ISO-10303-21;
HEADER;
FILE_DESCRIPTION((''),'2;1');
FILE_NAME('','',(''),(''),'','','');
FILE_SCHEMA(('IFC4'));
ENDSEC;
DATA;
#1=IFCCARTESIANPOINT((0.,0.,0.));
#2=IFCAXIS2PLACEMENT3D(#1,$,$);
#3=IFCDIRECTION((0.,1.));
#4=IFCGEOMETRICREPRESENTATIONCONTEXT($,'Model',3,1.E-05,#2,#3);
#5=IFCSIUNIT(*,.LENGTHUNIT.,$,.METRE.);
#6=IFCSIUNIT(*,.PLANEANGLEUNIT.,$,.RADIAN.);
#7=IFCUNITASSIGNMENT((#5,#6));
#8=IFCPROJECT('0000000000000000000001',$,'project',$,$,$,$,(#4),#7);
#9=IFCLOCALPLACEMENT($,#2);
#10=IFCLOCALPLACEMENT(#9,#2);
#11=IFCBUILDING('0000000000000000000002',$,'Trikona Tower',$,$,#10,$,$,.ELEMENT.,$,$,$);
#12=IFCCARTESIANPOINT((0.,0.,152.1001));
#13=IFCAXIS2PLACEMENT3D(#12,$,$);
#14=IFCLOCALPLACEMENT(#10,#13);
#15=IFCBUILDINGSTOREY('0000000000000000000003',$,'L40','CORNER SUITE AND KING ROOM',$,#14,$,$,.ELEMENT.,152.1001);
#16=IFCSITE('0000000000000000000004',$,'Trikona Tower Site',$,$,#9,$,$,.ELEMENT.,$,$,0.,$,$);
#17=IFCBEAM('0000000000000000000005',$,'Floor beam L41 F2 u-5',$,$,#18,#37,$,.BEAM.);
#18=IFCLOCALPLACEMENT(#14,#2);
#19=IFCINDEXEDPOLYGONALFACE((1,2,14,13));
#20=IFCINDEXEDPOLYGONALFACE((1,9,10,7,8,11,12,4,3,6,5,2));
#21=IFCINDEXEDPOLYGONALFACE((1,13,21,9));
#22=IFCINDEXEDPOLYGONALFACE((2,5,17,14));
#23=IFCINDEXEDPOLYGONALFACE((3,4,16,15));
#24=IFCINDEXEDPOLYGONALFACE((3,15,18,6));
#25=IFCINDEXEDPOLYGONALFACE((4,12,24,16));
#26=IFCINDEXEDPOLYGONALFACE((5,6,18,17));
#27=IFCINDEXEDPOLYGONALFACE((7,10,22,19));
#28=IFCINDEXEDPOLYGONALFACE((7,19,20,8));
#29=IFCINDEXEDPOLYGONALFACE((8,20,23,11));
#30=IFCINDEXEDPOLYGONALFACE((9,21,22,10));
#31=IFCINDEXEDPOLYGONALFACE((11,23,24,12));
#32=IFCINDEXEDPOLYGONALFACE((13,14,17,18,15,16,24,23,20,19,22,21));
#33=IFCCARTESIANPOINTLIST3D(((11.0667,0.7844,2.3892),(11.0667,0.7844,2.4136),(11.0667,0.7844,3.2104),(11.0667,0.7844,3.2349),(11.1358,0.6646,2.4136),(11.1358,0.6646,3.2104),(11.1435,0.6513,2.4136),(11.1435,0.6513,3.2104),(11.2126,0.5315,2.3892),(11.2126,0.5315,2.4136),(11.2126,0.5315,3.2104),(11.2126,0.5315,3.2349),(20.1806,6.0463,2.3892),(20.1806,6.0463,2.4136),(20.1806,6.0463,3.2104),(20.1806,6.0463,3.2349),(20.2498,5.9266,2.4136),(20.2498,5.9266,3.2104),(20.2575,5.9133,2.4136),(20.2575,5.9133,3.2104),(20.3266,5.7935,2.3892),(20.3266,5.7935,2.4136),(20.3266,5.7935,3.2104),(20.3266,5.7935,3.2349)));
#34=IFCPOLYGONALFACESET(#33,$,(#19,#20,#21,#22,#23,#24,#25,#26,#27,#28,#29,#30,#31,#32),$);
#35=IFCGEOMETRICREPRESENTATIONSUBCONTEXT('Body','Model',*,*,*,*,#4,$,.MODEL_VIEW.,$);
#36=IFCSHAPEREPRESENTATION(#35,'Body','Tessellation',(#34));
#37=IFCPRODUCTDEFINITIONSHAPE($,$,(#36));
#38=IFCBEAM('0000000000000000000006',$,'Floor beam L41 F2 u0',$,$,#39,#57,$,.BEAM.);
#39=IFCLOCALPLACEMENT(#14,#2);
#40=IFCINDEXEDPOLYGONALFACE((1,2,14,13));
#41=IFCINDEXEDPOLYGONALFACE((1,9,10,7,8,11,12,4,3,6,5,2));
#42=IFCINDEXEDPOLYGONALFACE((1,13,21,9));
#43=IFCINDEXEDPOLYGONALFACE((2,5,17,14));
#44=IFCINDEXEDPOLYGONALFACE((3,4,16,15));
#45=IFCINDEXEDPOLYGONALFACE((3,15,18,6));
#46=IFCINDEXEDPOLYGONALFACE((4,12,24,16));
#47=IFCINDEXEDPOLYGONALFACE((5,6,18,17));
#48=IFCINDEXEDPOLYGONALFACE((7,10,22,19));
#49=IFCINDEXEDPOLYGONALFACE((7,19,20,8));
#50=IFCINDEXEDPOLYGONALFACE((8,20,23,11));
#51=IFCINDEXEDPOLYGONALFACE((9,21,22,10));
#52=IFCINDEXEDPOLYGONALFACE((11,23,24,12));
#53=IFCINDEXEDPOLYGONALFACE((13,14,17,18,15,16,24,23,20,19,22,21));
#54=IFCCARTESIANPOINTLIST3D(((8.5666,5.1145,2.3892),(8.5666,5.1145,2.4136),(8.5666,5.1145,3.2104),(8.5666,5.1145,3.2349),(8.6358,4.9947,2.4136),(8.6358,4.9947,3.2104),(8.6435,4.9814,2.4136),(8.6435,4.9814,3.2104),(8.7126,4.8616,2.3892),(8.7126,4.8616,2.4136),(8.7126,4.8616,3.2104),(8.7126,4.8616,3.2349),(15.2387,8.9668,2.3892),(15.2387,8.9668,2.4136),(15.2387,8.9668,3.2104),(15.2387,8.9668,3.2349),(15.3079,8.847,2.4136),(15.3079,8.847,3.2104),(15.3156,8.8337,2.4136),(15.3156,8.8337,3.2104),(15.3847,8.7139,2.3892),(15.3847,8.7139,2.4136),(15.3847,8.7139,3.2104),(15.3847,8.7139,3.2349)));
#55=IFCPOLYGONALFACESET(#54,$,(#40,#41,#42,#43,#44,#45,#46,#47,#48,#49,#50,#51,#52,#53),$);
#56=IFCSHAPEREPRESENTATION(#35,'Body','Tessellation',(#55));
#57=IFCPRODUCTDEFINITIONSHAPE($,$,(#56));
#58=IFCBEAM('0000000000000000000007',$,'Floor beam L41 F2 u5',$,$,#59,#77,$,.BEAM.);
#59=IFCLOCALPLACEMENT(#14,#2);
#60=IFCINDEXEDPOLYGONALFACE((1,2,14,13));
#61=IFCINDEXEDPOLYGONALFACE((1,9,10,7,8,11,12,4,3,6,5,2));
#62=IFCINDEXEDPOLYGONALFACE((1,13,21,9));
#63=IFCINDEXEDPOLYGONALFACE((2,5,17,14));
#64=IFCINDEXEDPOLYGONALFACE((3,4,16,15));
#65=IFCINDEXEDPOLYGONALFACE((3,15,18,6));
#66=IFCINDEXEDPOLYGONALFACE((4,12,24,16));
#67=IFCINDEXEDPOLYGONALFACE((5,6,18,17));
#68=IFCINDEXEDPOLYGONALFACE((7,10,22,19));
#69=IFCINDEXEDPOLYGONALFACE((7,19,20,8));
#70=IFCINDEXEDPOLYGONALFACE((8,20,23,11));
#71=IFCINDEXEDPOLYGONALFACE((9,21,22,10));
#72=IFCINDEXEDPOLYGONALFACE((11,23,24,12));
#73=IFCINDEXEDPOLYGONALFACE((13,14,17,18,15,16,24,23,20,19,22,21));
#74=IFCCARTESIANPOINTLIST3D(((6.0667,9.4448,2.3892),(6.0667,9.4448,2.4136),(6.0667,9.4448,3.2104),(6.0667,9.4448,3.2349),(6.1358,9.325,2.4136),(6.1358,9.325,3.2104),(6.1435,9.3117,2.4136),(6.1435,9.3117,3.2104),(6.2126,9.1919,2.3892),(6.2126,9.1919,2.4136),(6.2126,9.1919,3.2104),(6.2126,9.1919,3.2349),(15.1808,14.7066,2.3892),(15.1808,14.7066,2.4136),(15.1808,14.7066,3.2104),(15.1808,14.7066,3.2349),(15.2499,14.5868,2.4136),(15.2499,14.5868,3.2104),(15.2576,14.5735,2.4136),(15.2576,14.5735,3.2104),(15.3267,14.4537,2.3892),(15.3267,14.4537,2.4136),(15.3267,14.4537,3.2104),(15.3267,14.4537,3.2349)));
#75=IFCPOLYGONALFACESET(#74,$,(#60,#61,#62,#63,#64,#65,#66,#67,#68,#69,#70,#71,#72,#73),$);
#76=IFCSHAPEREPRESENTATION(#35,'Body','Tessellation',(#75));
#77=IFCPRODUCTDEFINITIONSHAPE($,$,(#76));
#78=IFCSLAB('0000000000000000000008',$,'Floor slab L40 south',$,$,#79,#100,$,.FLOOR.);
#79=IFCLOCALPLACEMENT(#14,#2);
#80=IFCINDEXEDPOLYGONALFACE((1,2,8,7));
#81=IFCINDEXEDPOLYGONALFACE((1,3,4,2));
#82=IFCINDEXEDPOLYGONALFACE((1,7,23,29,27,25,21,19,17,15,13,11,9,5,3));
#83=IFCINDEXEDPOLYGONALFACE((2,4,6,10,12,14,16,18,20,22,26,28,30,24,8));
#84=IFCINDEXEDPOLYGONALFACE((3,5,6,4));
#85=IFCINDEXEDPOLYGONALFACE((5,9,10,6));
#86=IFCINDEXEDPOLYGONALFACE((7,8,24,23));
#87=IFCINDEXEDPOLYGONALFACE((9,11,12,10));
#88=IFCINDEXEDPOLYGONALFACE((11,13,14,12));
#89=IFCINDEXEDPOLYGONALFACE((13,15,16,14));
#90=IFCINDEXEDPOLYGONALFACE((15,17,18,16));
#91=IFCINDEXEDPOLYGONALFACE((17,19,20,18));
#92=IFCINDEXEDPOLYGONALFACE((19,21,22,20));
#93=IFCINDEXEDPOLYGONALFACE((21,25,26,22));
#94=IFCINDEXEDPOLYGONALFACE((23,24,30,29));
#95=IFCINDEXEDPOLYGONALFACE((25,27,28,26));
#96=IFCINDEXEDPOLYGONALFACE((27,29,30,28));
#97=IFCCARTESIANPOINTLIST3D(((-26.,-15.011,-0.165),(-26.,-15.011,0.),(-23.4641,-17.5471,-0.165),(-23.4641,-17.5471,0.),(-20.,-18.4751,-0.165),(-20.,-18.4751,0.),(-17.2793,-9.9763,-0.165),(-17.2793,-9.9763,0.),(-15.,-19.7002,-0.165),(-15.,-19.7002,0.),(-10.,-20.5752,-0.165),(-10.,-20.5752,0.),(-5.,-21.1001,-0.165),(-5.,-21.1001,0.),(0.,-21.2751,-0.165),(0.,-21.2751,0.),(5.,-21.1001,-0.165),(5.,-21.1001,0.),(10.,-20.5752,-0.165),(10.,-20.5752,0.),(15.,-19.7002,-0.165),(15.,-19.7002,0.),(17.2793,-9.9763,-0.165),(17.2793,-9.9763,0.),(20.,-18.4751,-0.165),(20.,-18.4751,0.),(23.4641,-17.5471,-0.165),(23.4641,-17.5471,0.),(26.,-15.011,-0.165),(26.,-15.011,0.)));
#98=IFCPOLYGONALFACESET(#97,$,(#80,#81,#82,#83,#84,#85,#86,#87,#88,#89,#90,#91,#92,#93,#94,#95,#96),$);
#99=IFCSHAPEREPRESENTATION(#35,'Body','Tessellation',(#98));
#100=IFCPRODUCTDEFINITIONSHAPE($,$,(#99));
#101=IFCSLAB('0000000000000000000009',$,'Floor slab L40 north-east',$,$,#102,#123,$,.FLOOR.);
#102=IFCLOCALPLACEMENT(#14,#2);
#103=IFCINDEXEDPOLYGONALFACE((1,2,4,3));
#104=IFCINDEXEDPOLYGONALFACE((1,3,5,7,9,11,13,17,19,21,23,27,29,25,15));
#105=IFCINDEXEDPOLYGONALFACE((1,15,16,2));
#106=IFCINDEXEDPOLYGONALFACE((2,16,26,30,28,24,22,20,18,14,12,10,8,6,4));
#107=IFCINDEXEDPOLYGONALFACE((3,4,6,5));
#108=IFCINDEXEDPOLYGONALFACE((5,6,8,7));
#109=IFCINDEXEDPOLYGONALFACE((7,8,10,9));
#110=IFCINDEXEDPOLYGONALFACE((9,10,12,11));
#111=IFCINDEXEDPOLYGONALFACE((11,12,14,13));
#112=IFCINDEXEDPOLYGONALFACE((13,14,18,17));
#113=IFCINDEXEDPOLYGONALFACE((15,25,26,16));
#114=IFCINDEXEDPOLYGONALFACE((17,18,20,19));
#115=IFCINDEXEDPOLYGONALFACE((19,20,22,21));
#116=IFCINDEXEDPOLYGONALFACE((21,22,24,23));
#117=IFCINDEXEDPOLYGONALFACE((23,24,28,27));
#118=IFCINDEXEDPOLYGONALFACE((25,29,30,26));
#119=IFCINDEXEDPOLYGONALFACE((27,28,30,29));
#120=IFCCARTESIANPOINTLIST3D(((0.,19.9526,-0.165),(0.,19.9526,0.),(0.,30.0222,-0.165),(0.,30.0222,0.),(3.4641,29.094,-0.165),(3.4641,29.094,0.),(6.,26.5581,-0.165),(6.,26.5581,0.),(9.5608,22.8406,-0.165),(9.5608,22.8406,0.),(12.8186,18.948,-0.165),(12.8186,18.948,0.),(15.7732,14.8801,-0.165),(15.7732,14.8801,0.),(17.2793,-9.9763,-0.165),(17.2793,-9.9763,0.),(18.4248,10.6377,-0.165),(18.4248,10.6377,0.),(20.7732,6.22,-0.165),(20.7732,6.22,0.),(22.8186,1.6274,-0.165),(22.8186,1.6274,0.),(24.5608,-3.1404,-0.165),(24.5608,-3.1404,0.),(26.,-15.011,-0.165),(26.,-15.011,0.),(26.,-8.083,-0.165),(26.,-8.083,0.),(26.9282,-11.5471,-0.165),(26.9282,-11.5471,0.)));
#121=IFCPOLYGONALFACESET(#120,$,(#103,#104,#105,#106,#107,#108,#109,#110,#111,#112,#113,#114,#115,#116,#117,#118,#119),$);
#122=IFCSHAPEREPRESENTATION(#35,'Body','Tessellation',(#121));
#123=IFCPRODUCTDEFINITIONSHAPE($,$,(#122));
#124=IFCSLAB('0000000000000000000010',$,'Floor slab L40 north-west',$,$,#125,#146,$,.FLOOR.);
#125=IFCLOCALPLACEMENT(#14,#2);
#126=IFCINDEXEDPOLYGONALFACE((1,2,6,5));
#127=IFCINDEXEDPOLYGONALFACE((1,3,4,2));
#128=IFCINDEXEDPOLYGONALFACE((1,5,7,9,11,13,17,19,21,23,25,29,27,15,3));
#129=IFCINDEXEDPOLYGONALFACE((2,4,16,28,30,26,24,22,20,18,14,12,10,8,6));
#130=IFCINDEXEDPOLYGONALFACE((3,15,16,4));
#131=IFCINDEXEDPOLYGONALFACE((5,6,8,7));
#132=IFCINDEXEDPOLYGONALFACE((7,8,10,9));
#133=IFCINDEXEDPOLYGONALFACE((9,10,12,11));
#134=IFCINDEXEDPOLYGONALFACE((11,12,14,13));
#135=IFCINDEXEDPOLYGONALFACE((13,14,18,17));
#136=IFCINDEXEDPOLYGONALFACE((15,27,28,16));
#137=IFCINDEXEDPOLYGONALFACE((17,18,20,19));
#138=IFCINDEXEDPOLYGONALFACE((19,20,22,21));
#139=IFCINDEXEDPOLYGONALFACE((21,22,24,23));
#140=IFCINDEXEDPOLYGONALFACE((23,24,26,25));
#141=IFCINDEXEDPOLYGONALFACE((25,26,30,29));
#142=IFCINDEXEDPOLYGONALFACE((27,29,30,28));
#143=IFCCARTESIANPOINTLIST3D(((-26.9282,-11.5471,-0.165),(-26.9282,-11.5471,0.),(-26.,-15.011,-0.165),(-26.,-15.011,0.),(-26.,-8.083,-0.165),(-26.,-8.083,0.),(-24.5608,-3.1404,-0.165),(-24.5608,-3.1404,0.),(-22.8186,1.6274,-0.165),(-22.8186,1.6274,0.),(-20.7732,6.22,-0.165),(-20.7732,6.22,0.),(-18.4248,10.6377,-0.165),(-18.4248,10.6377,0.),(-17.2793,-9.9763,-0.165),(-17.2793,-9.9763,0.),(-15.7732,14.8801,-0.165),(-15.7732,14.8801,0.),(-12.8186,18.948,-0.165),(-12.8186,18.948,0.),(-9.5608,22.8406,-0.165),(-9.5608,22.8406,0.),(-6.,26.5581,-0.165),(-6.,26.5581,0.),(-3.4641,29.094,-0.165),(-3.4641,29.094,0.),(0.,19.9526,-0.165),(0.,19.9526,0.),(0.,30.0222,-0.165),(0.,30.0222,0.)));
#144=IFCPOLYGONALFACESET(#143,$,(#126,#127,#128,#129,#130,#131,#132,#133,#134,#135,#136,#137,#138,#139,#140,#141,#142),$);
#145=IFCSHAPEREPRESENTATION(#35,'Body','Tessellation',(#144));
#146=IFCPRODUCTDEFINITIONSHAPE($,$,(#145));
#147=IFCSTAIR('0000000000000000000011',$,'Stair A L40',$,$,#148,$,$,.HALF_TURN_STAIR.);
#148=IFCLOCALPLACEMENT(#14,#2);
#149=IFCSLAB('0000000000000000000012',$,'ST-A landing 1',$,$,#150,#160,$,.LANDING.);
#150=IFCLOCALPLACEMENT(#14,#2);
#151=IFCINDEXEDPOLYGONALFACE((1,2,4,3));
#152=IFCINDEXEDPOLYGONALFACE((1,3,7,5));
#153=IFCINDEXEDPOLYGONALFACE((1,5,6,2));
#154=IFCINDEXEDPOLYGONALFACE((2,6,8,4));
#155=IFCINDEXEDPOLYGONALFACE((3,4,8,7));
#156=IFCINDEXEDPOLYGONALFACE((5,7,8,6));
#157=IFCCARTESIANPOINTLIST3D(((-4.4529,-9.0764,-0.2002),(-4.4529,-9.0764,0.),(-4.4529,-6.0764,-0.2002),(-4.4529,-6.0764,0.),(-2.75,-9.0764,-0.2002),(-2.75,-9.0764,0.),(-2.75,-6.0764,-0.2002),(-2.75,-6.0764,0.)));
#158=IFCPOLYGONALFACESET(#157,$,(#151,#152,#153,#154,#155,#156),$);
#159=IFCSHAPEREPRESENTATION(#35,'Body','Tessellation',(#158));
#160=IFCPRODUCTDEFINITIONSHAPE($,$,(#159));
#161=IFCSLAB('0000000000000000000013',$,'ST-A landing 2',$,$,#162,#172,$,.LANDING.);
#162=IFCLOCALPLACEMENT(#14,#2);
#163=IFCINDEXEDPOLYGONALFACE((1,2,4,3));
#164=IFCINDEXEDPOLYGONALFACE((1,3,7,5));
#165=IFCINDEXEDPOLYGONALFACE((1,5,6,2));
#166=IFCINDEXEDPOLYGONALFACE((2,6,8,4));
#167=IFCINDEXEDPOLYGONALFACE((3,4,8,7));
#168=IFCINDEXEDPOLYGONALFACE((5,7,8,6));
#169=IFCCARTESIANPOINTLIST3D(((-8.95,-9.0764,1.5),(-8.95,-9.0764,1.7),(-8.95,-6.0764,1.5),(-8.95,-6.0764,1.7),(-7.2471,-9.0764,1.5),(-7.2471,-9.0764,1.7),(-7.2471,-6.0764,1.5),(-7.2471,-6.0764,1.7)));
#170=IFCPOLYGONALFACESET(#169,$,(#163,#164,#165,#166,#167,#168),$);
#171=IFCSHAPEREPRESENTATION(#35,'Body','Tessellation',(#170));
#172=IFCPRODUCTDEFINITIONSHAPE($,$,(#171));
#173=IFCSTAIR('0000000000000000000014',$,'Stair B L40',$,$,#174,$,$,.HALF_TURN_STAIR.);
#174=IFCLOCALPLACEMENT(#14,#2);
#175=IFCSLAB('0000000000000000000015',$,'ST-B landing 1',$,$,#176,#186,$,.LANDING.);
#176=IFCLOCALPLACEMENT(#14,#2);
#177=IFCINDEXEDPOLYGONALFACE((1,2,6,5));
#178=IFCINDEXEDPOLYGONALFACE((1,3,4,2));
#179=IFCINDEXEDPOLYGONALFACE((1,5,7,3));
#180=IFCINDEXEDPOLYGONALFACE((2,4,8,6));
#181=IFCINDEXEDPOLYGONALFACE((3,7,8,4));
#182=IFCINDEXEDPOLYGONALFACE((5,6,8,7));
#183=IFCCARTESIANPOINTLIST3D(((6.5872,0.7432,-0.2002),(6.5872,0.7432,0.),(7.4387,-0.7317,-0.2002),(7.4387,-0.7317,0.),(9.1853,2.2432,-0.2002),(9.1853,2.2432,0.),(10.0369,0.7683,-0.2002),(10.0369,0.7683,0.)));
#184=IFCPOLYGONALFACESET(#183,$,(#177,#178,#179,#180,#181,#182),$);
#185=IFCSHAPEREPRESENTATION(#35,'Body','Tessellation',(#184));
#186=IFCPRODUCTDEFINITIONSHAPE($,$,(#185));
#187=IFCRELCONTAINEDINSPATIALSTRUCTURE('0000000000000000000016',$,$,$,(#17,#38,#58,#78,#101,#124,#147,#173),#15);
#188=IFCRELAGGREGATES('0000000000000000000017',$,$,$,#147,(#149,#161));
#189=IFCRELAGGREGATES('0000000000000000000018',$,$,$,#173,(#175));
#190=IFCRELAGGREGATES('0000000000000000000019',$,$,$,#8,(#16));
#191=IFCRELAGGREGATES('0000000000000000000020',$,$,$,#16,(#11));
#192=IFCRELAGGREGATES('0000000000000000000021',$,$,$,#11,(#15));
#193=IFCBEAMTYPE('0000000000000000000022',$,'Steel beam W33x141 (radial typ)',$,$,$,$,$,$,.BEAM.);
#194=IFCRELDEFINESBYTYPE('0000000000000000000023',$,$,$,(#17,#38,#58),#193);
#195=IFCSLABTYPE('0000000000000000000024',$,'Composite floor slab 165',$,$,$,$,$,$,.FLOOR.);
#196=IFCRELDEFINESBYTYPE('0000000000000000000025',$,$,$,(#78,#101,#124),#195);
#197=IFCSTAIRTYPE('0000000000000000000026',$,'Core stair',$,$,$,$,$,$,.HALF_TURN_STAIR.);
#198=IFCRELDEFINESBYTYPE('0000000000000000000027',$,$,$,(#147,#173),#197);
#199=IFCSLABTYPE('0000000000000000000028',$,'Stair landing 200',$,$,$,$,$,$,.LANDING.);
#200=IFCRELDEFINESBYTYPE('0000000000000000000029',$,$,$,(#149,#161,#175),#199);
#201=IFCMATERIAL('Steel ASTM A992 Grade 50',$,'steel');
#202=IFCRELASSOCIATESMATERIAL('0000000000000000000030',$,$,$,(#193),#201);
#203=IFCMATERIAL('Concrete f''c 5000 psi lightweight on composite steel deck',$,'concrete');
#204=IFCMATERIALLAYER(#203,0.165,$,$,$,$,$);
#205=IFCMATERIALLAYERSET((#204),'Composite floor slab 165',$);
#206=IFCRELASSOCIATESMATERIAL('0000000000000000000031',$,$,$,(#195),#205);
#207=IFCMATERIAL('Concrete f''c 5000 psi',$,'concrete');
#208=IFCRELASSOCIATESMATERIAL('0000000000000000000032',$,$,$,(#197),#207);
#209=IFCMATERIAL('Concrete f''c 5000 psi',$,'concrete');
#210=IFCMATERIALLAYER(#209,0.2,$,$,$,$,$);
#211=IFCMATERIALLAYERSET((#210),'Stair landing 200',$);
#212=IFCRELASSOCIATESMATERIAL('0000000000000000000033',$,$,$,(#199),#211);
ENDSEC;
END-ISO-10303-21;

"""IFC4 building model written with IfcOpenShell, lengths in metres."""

from ifc_helpers import new_model, si_unit, direction, frame, origin, origin_2d, place, context, subcontext, project, spatial, polyline, i_section, outline, extrude, material, layer, layer_set, material_profile, profile_set, type_object, element, aggregate, save


model = new_model("IFC4")

# Units and contexts
model_context = context("Model", 3, precision=1e-05, world=origin(), true_north=direction((0.0, 1.0)))
body_context = subcontext(model_context, "Body", "Model", "MODEL_VIEW")
ifc_project = project(units=[si_unit("LENGTHUNIT", "METRE"), si_unit("PLANEANGLEUNIT", "RADIAN")], contexts=[model_context])

# Site, building, storey
site_placement = place(None, origin())
site = spatial("IfcSite", under=ifc_project, at=site_placement, Name="Trikona Tower Site", CompositionType="ELEMENT", RefElevation=0.0)
building_placement = place(site_placement, origin())
building = spatial("IfcBuilding", under=site, at=building_placement, Name="Trikona Tower", CompositionType="ELEMENT")
storey_placement = place(building_placement, frame((0.0, 0.0, 152.1001)))
storey = spatial("IfcBuildingStorey", under=building, at=storey_placement, Name="L40", Description="CORNER SUITE AND KING ROOM", CompositionType="ELEMENT", Elevation=152.1001)

# Beams
ifc_material_1 = material(Name="Steel ASTM A992 Grade 50", Category="steel")
ifc_material_profile = material_profile(ifc_material_1, i_section(OverallWidth=0.292, OverallDepth=0.8457, WebThickness=0.0154, FlangeThickness=0.0244, at=origin_2d()), Name="W33X141")
ifc_profile_set = profile_set([ifc_material_profile], Name="Steel ASTM A992 Grade 50")
beam_type = type_object("IfcBeamType", Name="Steel beam W33x141 (radial typ)", PredefinedType="BEAM", material=ifc_profile_set)
beam_1_placement = place(storey_placement, frame((11.1396, 0.658, 2.812), z_axis=(0.866026, 0.499999, 0.0), x_axis=(-0.499999, 0.866026, 0.0)))
element("IfcBeam", 1, at=beam_1_placement, inside=storey, type_object=beam_type, Name="Floor beam L41 F2 u-5", PredefinedType="BEAM", context=body_context, shape_type="SweptSolid", body=[
    extrude(i_section(OverallWidth=0.292, OverallDepth=0.8457, WebThickness=0.0154, FlangeThickness=0.0244, at=origin_2d()), origin(), (0.0, 0.0, 1.0), 10.5239),
])
beam_2_placement = place(storey_placement, frame((8.6396, 4.988, 2.812), z_axis=(0.866017, 0.500014, 0.0), x_axis=(-0.500014, 0.866017, 0.0)))
element("IfcBeam", 2, at=beam_2_placement, inside=storey, type_object=beam_type, Name="Floor beam L41 F2 u0", PredefinedType="BEAM", context=body_context, shape_type="SweptSolid", body=[
    extrude(i_section(OverallWidth=0.292, OverallDepth=0.8457, WebThickness=0.0154, FlangeThickness=0.0244, at=origin_2d()), origin(), (0.0, 0.0, 1.0), 7.7043),
])
beam_3_placement = place(storey_placement, frame((6.1396, 9.3184, 2.812), z_axis=(0.866036, 0.499982, 0.0), x_axis=(-0.499982, 0.866036, 0.0)))
element("IfcBeam", 3, at=beam_3_placement, inside=storey, type_object=beam_type, Name="Floor beam L41 F2 u5", PredefinedType="BEAM", context=body_context, shape_type="SweptSolid", body=[
    extrude(i_section(OverallWidth=0.292, OverallDepth=0.8457, WebThickness=0.0154, FlangeThickness=0.0244, at=origin_2d()), origin(), (0.0, 0.0, 1.0), 10.5239),
])

# Slabs
ifc_material_2 = material(Name="Concrete f'c 5000 psi lightweight on composite steel deck", Category="concrete")
ifc_layer_1 = layer(ifc_material_2, 0.165)
ifc_layer_set_1 = layer_set([ifc_layer_1], Name="Composite floor slab 165")
slab_type_1 = type_object("IfcSlabType", Name="Composite floor slab 165", PredefinedType="FLOOR", material=ifc_layer_set_1)
slab_1_placement = place(storey_placement, frame((0.0, 0.0, -0.165)))
element("IfcSlab", 4, at=slab_1_placement, inside=storey, type_object=slab_type_1, Name="Floor slab L40 south", PredefinedType="FLOOR", context=body_context, shape_type="SweptSolid", body=[
    extrude(outline(polyline([(23.4641, -17.5471), (26.0, -15.011), (17.2793, -9.9763), (-17.2793, -9.9763), (-26.0, -15.011), (-23.4641, -17.5471), (-20.0, -18.4751), (-15.0, -19.7002), (-10.0, -20.5752), (-5.0, -21.1001), (0.0, -21.2751), (5.0, -21.1001), (10.0, -20.5752), (15.0, -19.7002), (20.0, -18.4751), (23.4641, -17.5471)])), origin(), (0.0, 0.0, 1.0), 0.165),
])
slab_2_placement = place(storey_placement, frame((0.0, 0.0, -0.165)))
element("IfcSlab", 5, at=slab_2_placement, inside=storey, type_object=slab_type_1, Name="Floor slab L40 north-east", PredefinedType="FLOOR", context=body_context, shape_type="SweptSolid", body=[
    extrude(outline(polyline([(3.4641, 29.094), (0.0, 30.0222), (0.0, 19.9526), (17.2793, -9.9763), (26.0, -15.011), (26.9282, -11.5471), (26.0, -8.083), (24.5608, -3.1404), (22.8186, 1.6274), (20.7732, 6.22), (18.4248, 10.6377), (15.7732, 14.8801), (12.8186, 18.948), (9.5608, 22.8406), (6.0, 26.5581), (3.4641, 29.094)])), origin(), (0.0, 0.0, 1.0), 0.165),
])
slab_3_placement = place(storey_placement, frame((0.0, 0.0, -0.165)))
element("IfcSlab", 6, at=slab_3_placement, inside=storey, type_object=slab_type_1, Name="Floor slab L40 north-west", PredefinedType="FLOOR", context=body_context, shape_type="SweptSolid", body=[
    extrude(outline(polyline([(0.0, 19.9526), (0.0, 30.0222), (-3.4641, 29.094), (-6.0, 26.5581), (-9.5608, 22.8406), (-12.8186, 18.948), (-15.7732, 14.8801), (-18.4248, 10.6377), (-20.7732, 6.22), (-22.8186, 1.6274), (-24.5608, -3.1404), (-26.0, -8.083), (-26.9282, -11.5471), (-26.0, -15.011), (-17.2793, -9.9763), (0.0, 19.9526)])), origin(), (0.0, 0.0, 1.0), 0.165),
])

# Stairs, slabs
ifc_material_3 = material(Name="Concrete f'c 5000 psi", Category="concrete")
stair_type = type_object("IfcStairType", Name="Core stair", PredefinedType="HALF_TURN_STAIR", material=ifc_material_3)
stair_1_placement = place(storey_placement, origin())
stair_1 = element("IfcStair", 7, at=stair_1_placement, inside=storey, type_object=stair_type, Name="Stair A L40", PredefinedType="HALF_TURN_STAIR")
ifc_material_4 = material(Name="Concrete f'c 5000 psi", Category="concrete")
ifc_layer_2 = layer(ifc_material_4, 0.2)
ifc_layer_set_2 = layer_set([ifc_layer_2], Name="Stair landing 200")
slab_type_2 = type_object("IfcSlabType", Name="Stair landing 200", PredefinedType="LANDING", material=ifc_layer_set_2)
slab_4_placement = place(storey_placement, frame((0.0, 0.0, -0.2002)))
slab_4 = element("IfcSlab", 8, at=slab_4_placement, type_object=slab_type_2, Name="ST-A landing 1", PredefinedType="LANDING", context=body_context, shape_type="SweptSolid", body=[
    extrude(outline(polyline([(-4.4529, -6.0764), (-2.75, -6.0764), (-2.75, -9.0764), (-4.4529, -9.0764), (-4.4529, -6.0764)])), origin(), (0.0, 0.0, 1.0), 0.2002),
])
slab_5_placement = place(storey_placement, frame((0.0, 0.0, 1.5)))
slab_5 = element("IfcSlab", 9, at=slab_5_placement, type_object=slab_type_2, Name="ST-A landing 2", PredefinedType="LANDING", context=body_context, shape_type="SweptSolid", body=[
    extrude(outline(polyline([(-8.95, -6.0764), (-7.2471, -6.0764), (-7.2471, -9.0764), (-8.95, -9.0764), (-8.95, -6.0764)])), origin(), (0.0, 0.0, 1.0), 0.2),
])
aggregate(stair_1, [slab_4, slab_5])
stair_2_placement = place(storey_placement, origin())
stair_2 = element("IfcStair", 10, at=stair_2_placement, inside=storey, type_object=stair_type, Name="Stair B L40", PredefinedType="HALF_TURN_STAIR")
slab_6_placement = place(storey_placement, frame((0.0, 0.0, -0.2002)))
slab_6 = element("IfcSlab", 11, at=slab_6_placement, type_object=slab_type_2, Name="ST-B landing 1", PredefinedType="LANDING", context=body_context, shape_type="SweptSolid", body=[
    extrude(outline(polyline([(7.4387, -0.7317), (6.5872, 0.7432), (9.1853, 2.2432), (10.0369, 0.7683), (7.4387, -0.7317)])), origin(), (0.0, 0.0, 1.0), 0.2002),
])

aggregate(stair_2, [slab_6])

save(model, "model.ifc")
